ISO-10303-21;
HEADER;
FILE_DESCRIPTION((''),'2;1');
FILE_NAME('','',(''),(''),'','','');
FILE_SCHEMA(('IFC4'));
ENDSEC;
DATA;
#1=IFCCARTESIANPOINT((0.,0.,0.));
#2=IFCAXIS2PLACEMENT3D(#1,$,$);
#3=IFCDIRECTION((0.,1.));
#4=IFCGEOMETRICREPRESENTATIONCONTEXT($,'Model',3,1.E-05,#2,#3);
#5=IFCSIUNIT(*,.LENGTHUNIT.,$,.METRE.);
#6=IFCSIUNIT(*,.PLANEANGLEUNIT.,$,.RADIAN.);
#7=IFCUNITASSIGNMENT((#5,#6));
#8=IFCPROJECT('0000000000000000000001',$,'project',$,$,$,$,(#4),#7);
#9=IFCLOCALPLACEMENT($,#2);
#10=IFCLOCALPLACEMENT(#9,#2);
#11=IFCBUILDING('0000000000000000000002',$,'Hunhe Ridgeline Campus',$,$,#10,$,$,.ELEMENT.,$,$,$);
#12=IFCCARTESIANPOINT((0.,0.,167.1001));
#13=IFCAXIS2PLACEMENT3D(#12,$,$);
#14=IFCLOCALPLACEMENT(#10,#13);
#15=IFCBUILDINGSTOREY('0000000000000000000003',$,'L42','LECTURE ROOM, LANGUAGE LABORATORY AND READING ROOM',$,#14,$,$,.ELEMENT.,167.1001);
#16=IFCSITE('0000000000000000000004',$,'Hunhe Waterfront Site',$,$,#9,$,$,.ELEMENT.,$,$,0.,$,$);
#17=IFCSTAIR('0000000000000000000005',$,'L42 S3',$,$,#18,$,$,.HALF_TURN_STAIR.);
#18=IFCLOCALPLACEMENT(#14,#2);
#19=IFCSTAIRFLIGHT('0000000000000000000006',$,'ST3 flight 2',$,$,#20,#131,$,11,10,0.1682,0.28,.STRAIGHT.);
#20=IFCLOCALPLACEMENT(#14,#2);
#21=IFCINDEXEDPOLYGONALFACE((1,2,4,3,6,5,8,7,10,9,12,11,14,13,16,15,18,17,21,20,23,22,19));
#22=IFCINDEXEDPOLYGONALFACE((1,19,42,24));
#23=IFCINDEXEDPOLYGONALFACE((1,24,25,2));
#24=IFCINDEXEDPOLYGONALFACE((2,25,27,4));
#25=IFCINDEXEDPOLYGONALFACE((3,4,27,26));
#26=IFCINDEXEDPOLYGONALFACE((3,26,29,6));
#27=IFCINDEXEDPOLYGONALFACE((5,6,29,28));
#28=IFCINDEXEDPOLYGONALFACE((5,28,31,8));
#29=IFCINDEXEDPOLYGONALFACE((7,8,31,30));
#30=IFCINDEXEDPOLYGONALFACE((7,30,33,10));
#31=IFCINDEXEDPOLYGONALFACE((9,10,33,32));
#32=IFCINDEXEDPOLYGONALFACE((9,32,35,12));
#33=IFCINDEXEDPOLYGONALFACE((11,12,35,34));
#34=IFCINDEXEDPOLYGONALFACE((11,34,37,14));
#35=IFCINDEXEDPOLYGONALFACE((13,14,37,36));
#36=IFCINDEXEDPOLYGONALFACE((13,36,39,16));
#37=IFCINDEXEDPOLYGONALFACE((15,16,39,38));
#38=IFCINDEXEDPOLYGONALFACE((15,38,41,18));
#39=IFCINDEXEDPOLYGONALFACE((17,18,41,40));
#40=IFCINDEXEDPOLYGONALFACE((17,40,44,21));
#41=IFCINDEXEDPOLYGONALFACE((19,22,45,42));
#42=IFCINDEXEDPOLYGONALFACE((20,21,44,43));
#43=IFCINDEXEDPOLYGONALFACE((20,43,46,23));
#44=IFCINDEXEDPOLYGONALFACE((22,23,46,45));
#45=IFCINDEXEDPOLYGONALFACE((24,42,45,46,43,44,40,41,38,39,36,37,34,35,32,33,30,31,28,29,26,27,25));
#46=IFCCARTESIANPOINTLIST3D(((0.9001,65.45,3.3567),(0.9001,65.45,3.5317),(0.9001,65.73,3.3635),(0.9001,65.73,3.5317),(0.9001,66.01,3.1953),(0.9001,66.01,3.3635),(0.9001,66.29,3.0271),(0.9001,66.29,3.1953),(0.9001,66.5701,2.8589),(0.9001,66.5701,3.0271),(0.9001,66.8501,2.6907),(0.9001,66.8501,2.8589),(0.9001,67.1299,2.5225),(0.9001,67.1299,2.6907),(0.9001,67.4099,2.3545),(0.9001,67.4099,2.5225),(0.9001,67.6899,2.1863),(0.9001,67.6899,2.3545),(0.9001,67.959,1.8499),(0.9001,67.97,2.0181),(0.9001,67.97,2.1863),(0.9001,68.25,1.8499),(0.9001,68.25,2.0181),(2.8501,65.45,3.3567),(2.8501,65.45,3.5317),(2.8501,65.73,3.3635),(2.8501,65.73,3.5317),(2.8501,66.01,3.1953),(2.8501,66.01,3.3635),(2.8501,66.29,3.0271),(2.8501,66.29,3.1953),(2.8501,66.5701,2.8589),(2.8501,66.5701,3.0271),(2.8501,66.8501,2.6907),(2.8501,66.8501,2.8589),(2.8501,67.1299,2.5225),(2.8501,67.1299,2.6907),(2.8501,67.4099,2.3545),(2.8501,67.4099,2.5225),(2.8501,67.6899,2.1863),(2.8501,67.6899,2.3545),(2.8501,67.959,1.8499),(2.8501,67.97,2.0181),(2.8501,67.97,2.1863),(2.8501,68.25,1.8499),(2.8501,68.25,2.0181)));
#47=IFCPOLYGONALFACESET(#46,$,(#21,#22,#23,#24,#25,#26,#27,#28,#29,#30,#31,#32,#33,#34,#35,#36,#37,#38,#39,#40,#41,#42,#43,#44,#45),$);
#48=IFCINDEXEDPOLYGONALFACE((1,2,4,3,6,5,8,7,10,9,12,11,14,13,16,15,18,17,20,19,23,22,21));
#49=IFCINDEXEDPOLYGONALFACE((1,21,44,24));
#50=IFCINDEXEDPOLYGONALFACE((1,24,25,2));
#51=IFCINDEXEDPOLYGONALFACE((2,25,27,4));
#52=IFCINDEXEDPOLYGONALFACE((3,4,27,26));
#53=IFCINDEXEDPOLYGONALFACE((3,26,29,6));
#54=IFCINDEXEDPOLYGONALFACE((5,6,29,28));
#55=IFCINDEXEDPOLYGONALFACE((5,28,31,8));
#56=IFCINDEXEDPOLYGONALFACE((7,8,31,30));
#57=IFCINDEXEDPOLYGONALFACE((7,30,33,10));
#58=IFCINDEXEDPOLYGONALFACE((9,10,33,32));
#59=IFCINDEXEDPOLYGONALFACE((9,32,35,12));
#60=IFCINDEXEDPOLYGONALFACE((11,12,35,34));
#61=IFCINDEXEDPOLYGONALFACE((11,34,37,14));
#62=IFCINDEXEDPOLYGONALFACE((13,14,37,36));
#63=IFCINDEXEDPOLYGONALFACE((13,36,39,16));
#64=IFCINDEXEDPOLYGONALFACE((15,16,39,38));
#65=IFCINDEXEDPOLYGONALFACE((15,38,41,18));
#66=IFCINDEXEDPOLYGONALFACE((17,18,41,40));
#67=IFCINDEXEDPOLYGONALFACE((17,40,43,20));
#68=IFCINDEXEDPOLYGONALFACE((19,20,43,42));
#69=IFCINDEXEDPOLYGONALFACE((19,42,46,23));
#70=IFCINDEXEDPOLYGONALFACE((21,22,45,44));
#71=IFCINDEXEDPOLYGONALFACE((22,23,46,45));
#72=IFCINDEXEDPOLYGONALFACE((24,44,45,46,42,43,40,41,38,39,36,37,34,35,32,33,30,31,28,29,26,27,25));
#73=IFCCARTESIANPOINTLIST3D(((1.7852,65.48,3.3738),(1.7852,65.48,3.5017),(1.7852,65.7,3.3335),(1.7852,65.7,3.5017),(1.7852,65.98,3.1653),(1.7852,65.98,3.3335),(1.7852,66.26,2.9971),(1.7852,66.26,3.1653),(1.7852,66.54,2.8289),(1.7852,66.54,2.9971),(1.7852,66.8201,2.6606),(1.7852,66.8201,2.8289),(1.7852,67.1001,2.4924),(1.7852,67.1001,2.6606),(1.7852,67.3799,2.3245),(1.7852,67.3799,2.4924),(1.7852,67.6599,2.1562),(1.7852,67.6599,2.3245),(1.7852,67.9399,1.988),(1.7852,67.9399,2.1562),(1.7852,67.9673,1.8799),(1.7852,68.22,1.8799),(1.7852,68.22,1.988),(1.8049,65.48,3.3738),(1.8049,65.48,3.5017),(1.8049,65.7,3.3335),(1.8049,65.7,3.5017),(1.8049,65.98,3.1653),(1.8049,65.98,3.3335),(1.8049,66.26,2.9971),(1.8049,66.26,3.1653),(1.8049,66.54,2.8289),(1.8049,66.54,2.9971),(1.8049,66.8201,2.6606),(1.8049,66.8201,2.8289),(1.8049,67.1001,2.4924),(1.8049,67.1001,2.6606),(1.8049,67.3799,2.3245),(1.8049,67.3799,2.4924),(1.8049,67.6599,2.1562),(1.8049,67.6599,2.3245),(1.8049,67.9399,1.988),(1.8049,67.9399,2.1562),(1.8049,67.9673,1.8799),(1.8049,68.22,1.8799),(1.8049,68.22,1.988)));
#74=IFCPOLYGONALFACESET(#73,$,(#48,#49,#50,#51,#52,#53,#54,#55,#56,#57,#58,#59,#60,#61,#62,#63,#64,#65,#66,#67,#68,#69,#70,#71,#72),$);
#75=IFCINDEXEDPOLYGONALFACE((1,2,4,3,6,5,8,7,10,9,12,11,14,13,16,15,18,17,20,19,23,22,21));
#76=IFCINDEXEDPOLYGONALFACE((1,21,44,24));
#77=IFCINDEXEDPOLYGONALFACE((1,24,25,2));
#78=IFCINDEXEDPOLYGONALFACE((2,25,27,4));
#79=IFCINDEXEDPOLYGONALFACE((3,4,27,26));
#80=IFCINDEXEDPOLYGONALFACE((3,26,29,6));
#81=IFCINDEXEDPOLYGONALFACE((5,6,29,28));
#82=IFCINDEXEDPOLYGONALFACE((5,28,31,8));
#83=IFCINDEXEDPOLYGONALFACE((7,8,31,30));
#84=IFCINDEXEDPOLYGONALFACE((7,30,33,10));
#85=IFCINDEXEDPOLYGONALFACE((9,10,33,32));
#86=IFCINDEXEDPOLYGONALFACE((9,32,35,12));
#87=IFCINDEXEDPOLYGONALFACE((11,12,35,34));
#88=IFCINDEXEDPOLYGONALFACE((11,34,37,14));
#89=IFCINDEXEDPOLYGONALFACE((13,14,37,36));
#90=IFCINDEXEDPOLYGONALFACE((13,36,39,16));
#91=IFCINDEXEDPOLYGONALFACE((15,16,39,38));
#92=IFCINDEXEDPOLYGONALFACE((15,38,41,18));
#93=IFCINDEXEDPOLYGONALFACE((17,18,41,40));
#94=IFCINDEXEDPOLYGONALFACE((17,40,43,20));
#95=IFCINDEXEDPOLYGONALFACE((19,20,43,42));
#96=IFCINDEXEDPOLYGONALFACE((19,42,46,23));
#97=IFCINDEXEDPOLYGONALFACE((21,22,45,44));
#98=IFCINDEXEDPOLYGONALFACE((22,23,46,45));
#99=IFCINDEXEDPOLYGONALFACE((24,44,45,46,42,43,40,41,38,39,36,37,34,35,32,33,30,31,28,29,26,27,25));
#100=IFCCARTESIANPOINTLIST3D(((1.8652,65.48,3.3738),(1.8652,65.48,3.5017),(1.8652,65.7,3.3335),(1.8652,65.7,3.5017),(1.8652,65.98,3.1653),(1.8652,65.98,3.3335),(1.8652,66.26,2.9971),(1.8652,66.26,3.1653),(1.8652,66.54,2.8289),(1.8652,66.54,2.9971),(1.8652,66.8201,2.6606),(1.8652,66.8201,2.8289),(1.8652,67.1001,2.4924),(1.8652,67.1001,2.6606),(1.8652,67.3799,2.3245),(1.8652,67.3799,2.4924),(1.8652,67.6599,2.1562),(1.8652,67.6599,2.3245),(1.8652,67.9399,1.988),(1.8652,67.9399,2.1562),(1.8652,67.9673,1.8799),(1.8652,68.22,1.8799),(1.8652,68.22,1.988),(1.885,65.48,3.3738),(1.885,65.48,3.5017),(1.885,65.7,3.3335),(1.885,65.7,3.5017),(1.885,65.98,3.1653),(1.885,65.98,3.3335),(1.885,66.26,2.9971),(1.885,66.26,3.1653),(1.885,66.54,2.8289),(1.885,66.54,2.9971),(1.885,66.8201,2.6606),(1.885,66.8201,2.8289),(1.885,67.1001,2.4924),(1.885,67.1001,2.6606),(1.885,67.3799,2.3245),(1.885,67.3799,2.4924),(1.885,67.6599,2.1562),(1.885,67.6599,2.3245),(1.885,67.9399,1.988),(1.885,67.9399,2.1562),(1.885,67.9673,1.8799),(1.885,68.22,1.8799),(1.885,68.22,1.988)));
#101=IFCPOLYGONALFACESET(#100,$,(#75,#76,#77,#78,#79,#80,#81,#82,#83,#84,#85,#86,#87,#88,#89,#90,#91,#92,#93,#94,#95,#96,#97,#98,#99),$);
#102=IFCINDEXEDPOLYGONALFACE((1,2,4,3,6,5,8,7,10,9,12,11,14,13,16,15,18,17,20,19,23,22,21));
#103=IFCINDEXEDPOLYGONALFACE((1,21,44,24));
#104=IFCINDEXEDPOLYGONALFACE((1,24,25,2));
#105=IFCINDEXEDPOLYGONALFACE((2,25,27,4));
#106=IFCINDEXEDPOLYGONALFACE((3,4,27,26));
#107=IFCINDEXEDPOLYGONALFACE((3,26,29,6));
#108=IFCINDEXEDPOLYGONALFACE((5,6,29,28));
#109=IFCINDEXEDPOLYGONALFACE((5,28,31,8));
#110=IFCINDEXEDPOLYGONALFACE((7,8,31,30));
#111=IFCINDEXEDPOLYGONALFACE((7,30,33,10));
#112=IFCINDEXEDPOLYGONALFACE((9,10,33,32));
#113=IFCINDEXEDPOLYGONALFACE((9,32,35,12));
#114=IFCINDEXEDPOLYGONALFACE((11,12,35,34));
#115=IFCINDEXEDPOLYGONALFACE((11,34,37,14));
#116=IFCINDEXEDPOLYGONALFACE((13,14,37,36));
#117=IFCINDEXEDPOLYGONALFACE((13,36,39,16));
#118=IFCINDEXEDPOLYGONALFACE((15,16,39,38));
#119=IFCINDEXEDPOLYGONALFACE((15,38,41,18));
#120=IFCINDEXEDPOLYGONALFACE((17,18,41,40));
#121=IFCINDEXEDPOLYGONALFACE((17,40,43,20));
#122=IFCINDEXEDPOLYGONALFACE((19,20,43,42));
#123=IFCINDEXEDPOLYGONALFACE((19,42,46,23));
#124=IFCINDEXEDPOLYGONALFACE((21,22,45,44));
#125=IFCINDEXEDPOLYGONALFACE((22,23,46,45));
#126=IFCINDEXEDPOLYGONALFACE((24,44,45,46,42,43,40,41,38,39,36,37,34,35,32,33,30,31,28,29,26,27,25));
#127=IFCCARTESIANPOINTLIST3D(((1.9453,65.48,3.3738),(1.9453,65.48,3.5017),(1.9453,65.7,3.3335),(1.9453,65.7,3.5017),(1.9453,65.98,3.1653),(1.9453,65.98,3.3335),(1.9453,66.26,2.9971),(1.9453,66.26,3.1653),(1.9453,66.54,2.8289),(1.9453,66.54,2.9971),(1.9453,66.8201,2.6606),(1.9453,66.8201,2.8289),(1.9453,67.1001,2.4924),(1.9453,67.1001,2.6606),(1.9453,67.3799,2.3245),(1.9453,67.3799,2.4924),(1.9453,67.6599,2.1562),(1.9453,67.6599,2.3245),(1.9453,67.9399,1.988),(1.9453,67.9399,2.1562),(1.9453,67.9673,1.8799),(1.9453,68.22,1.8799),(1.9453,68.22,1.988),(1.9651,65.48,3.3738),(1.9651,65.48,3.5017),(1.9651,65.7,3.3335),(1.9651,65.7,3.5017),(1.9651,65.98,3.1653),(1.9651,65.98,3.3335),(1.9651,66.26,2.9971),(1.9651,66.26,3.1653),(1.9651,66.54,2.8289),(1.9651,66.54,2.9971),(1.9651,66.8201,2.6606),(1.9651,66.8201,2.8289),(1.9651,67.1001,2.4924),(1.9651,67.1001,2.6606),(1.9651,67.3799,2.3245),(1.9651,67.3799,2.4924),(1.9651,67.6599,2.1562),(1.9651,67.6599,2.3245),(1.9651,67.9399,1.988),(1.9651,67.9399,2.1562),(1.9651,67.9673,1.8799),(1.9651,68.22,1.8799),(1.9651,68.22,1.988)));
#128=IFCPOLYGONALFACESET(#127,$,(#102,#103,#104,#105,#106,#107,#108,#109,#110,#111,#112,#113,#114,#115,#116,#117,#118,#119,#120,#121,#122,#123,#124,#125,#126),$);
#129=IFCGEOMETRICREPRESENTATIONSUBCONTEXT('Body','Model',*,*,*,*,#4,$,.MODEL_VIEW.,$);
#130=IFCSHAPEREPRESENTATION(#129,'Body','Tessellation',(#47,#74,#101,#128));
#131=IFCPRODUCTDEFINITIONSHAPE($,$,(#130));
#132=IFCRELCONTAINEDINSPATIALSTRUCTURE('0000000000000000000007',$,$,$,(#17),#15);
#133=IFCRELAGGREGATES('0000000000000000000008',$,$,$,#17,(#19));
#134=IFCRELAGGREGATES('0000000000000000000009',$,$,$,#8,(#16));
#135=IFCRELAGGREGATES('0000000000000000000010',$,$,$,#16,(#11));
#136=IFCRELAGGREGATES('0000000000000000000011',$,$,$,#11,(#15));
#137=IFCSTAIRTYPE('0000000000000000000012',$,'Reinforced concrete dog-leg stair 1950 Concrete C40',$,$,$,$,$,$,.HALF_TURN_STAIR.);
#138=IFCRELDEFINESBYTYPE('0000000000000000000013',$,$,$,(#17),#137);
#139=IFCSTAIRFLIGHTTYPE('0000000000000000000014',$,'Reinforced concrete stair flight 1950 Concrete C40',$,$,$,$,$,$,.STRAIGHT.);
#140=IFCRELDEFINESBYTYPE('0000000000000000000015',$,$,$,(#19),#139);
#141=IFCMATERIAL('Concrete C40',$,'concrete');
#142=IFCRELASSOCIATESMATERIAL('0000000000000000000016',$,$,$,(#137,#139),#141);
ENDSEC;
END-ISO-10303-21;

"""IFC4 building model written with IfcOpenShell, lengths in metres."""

from ifc_helpers import new_model, si_unit, direction, frame, origin, place, context, subcontext, project, spatial, polyline, outline, extrude, material, type_object, element, aggregate, save


model = new_model("IFC4")

# Units and contexts
model_context = context("Model", 3, precision=1e-05, world=origin(), true_north=direction((0.0, 1.0)))
body_context = subcontext(model_context, "Body", "Model", "MODEL_VIEW")
ifc_project = project(units=[si_unit("LENGTHUNIT", "METRE"), si_unit("PLANEANGLEUNIT", "RADIAN")], contexts=[model_context])

# Site, building, storey
site_placement = place(None, origin())
site = spatial("IfcSite", under=ifc_project, at=site_placement, Name="Hunhe Waterfront Site", CompositionType="ELEMENT", RefElevation=0.0)
building_placement = place(site_placement, origin())
building = spatial("IfcBuilding", under=site, at=building_placement, Name="Hunhe Ridgeline Campus", CompositionType="ELEMENT")
storey_placement = place(building_placement, frame((0.0, 0.0, 167.1001)))
storey = spatial("IfcBuildingStorey", under=building, at=storey_placement, Name="L42", Description="LECTURE ROOM, LANGUAGE LABORATORY AND READING ROOM", CompositionType="ELEMENT", Elevation=167.1001)

# Stair, stair flight
ifc_material_1 = material(Name="Concrete C40", Category="concrete")
stair_type = type_object("IfcStairType", Name="Reinforced concrete dog-leg stair 1950 Concrete C40", PredefinedType="HALF_TURN_STAIR", material=ifc_material_1)
stair_1_placement = place(storey_placement, origin())
stair_1 = element("IfcStair", 1, at=stair_1_placement, inside=storey, type_object=stair_type, Name="L42 S3", PredefinedType="HALF_TURN_STAIR")
stair_flight_type = type_object("IfcStairFlightType", Name="Reinforced concrete stair flight 1950 Concrete C40", PredefinedType="STRAIGHT", material=ifc_material_1)
stair_flight_1_placement = place(storey_placement, frame((1.875, 68.25, 1.8499), z_axis=(0.0, 0.0, 1.0), x_axis=(0.0, -1.0, 0.0)))
stair_flight_1 = element("IfcStairFlight", 2, at=stair_flight_1_placement, type_object=stair_flight_type, Name="ST3 flight 2", NumberOfRisers=11, NumberOfTreads=10, PredefinedType="STRAIGHT", RiserHeight=0.1682, TreadLength=0.28, context=body_context, shape_type="SweptSolid", body=[
    extrude(outline(polyline([(0.0, 0.0), (0.0, 0.1682), (0.28, 0.1682), (0.28, 0.3364), (0.5601, 0.3364), (0.5601, 0.5046), (0.8401, 0.5046), (0.8401, 0.6726), (1.1201, 0.6726), (1.1201, 0.8408), (1.3999, 0.8408), (1.3999, 1.009), (1.6799, 1.009), (1.6799, 1.1772), (1.96, 1.1772), (1.96, 1.3455), (2.24, 1.3455), (2.24, 1.5137), (2.52, 1.5137), (2.52, 1.6819), (2.8, 1.6819), (2.8, 1.8501), (2.8, 1.5068), (0.291, 0.0), (0.0, 0.0)])), frame((0.0, 0.9751, 0.0), z_axis=(0.0, -1.0, 0.0), x_axis=(1.0, 0.0, 0.0)), (0.0, 0.0, 1.0), 1.95),
    extrude(outline(polyline([(0.03, 0.03), (0.03, 0.1382), (0.3101, 0.1382), (0.3101, 0.3064), (0.5901, 0.3064), (0.5901, 0.4746), (0.8701, 0.4746), (0.8701, 0.6426), (1.1499, 0.6426), (1.1499, 0.8108), (1.4299, 0.8108), (1.4299, 0.979), (1.71, 0.979), (1.71, 1.1472), (1.99, 1.1472), (1.99, 1.3154), (2.27, 1.3154), (2.27, 1.4836), (2.55, 1.4836), (2.55, 1.6519), (2.77, 1.6519), (2.77, 1.5239), (0.2827, 0.03), (0.03, 0.03)])), frame((0.0, -0.0701, 0.0), z_axis=(0.0, -1.0, 0.0), x_axis=(1.0, 0.0, 0.0)), (0.0, 0.0, 1.0), 0.0198),
    extrude(outline(polyline([(0.03, 0.03), (0.03, 0.1382), (0.3101, 0.1382), (0.3101, 0.3064), (0.5901, 0.3064), (0.5901, 0.4746), (0.8701, 0.4746), (0.8701, 0.6426), (1.1499, 0.6426), (1.1499, 0.8108), (1.4299, 0.8108), (1.4299, 0.979), (1.71, 0.979), (1.71, 1.1472), (1.99, 1.1472), (1.99, 1.3154), (2.27, 1.3154), (2.27, 1.4836), (2.55, 1.4836), (2.55, 1.6519), (2.77, 1.6519), (2.77, 1.5239), (0.2827, 0.03), (0.03, 0.03)])), frame((0.0, 0.01, 0.0), z_axis=(0.0, -1.0, 0.0), x_axis=(1.0, 0.0, 0.0)), (0.0, 0.0, 1.0), 0.0198),
    extrude(outline(polyline([(0.03, 0.03), (0.03, 0.1382), (0.3101, 0.1382), (0.3101, 0.3064), (0.5901, 0.3064), (0.5901, 0.4746), (0.8701, 0.4746), (0.8701, 0.6426), (1.1499, 0.6426), (1.1499, 0.8108), (1.4299, 0.8108), (1.4299, 0.979), (1.71, 0.979), (1.71, 1.1472), (1.99, 1.1472), (1.99, 1.3154), (2.27, 1.3154), (2.27, 1.4836), (2.55, 1.4836), (2.55, 1.6519), (2.77, 1.6519), (2.77, 1.5239), (0.2827, 0.03), (0.03, 0.03)])), frame((0.0, 0.0901, 0.0), z_axis=(0.0, -1.0, 0.0), x_axis=(1.0, 0.0, 0.0)), (0.0, 0.0, 1.0), 0.0198),
])
aggregate(stair_1, [stair_flight_1])

save(model, "model.ifc")
